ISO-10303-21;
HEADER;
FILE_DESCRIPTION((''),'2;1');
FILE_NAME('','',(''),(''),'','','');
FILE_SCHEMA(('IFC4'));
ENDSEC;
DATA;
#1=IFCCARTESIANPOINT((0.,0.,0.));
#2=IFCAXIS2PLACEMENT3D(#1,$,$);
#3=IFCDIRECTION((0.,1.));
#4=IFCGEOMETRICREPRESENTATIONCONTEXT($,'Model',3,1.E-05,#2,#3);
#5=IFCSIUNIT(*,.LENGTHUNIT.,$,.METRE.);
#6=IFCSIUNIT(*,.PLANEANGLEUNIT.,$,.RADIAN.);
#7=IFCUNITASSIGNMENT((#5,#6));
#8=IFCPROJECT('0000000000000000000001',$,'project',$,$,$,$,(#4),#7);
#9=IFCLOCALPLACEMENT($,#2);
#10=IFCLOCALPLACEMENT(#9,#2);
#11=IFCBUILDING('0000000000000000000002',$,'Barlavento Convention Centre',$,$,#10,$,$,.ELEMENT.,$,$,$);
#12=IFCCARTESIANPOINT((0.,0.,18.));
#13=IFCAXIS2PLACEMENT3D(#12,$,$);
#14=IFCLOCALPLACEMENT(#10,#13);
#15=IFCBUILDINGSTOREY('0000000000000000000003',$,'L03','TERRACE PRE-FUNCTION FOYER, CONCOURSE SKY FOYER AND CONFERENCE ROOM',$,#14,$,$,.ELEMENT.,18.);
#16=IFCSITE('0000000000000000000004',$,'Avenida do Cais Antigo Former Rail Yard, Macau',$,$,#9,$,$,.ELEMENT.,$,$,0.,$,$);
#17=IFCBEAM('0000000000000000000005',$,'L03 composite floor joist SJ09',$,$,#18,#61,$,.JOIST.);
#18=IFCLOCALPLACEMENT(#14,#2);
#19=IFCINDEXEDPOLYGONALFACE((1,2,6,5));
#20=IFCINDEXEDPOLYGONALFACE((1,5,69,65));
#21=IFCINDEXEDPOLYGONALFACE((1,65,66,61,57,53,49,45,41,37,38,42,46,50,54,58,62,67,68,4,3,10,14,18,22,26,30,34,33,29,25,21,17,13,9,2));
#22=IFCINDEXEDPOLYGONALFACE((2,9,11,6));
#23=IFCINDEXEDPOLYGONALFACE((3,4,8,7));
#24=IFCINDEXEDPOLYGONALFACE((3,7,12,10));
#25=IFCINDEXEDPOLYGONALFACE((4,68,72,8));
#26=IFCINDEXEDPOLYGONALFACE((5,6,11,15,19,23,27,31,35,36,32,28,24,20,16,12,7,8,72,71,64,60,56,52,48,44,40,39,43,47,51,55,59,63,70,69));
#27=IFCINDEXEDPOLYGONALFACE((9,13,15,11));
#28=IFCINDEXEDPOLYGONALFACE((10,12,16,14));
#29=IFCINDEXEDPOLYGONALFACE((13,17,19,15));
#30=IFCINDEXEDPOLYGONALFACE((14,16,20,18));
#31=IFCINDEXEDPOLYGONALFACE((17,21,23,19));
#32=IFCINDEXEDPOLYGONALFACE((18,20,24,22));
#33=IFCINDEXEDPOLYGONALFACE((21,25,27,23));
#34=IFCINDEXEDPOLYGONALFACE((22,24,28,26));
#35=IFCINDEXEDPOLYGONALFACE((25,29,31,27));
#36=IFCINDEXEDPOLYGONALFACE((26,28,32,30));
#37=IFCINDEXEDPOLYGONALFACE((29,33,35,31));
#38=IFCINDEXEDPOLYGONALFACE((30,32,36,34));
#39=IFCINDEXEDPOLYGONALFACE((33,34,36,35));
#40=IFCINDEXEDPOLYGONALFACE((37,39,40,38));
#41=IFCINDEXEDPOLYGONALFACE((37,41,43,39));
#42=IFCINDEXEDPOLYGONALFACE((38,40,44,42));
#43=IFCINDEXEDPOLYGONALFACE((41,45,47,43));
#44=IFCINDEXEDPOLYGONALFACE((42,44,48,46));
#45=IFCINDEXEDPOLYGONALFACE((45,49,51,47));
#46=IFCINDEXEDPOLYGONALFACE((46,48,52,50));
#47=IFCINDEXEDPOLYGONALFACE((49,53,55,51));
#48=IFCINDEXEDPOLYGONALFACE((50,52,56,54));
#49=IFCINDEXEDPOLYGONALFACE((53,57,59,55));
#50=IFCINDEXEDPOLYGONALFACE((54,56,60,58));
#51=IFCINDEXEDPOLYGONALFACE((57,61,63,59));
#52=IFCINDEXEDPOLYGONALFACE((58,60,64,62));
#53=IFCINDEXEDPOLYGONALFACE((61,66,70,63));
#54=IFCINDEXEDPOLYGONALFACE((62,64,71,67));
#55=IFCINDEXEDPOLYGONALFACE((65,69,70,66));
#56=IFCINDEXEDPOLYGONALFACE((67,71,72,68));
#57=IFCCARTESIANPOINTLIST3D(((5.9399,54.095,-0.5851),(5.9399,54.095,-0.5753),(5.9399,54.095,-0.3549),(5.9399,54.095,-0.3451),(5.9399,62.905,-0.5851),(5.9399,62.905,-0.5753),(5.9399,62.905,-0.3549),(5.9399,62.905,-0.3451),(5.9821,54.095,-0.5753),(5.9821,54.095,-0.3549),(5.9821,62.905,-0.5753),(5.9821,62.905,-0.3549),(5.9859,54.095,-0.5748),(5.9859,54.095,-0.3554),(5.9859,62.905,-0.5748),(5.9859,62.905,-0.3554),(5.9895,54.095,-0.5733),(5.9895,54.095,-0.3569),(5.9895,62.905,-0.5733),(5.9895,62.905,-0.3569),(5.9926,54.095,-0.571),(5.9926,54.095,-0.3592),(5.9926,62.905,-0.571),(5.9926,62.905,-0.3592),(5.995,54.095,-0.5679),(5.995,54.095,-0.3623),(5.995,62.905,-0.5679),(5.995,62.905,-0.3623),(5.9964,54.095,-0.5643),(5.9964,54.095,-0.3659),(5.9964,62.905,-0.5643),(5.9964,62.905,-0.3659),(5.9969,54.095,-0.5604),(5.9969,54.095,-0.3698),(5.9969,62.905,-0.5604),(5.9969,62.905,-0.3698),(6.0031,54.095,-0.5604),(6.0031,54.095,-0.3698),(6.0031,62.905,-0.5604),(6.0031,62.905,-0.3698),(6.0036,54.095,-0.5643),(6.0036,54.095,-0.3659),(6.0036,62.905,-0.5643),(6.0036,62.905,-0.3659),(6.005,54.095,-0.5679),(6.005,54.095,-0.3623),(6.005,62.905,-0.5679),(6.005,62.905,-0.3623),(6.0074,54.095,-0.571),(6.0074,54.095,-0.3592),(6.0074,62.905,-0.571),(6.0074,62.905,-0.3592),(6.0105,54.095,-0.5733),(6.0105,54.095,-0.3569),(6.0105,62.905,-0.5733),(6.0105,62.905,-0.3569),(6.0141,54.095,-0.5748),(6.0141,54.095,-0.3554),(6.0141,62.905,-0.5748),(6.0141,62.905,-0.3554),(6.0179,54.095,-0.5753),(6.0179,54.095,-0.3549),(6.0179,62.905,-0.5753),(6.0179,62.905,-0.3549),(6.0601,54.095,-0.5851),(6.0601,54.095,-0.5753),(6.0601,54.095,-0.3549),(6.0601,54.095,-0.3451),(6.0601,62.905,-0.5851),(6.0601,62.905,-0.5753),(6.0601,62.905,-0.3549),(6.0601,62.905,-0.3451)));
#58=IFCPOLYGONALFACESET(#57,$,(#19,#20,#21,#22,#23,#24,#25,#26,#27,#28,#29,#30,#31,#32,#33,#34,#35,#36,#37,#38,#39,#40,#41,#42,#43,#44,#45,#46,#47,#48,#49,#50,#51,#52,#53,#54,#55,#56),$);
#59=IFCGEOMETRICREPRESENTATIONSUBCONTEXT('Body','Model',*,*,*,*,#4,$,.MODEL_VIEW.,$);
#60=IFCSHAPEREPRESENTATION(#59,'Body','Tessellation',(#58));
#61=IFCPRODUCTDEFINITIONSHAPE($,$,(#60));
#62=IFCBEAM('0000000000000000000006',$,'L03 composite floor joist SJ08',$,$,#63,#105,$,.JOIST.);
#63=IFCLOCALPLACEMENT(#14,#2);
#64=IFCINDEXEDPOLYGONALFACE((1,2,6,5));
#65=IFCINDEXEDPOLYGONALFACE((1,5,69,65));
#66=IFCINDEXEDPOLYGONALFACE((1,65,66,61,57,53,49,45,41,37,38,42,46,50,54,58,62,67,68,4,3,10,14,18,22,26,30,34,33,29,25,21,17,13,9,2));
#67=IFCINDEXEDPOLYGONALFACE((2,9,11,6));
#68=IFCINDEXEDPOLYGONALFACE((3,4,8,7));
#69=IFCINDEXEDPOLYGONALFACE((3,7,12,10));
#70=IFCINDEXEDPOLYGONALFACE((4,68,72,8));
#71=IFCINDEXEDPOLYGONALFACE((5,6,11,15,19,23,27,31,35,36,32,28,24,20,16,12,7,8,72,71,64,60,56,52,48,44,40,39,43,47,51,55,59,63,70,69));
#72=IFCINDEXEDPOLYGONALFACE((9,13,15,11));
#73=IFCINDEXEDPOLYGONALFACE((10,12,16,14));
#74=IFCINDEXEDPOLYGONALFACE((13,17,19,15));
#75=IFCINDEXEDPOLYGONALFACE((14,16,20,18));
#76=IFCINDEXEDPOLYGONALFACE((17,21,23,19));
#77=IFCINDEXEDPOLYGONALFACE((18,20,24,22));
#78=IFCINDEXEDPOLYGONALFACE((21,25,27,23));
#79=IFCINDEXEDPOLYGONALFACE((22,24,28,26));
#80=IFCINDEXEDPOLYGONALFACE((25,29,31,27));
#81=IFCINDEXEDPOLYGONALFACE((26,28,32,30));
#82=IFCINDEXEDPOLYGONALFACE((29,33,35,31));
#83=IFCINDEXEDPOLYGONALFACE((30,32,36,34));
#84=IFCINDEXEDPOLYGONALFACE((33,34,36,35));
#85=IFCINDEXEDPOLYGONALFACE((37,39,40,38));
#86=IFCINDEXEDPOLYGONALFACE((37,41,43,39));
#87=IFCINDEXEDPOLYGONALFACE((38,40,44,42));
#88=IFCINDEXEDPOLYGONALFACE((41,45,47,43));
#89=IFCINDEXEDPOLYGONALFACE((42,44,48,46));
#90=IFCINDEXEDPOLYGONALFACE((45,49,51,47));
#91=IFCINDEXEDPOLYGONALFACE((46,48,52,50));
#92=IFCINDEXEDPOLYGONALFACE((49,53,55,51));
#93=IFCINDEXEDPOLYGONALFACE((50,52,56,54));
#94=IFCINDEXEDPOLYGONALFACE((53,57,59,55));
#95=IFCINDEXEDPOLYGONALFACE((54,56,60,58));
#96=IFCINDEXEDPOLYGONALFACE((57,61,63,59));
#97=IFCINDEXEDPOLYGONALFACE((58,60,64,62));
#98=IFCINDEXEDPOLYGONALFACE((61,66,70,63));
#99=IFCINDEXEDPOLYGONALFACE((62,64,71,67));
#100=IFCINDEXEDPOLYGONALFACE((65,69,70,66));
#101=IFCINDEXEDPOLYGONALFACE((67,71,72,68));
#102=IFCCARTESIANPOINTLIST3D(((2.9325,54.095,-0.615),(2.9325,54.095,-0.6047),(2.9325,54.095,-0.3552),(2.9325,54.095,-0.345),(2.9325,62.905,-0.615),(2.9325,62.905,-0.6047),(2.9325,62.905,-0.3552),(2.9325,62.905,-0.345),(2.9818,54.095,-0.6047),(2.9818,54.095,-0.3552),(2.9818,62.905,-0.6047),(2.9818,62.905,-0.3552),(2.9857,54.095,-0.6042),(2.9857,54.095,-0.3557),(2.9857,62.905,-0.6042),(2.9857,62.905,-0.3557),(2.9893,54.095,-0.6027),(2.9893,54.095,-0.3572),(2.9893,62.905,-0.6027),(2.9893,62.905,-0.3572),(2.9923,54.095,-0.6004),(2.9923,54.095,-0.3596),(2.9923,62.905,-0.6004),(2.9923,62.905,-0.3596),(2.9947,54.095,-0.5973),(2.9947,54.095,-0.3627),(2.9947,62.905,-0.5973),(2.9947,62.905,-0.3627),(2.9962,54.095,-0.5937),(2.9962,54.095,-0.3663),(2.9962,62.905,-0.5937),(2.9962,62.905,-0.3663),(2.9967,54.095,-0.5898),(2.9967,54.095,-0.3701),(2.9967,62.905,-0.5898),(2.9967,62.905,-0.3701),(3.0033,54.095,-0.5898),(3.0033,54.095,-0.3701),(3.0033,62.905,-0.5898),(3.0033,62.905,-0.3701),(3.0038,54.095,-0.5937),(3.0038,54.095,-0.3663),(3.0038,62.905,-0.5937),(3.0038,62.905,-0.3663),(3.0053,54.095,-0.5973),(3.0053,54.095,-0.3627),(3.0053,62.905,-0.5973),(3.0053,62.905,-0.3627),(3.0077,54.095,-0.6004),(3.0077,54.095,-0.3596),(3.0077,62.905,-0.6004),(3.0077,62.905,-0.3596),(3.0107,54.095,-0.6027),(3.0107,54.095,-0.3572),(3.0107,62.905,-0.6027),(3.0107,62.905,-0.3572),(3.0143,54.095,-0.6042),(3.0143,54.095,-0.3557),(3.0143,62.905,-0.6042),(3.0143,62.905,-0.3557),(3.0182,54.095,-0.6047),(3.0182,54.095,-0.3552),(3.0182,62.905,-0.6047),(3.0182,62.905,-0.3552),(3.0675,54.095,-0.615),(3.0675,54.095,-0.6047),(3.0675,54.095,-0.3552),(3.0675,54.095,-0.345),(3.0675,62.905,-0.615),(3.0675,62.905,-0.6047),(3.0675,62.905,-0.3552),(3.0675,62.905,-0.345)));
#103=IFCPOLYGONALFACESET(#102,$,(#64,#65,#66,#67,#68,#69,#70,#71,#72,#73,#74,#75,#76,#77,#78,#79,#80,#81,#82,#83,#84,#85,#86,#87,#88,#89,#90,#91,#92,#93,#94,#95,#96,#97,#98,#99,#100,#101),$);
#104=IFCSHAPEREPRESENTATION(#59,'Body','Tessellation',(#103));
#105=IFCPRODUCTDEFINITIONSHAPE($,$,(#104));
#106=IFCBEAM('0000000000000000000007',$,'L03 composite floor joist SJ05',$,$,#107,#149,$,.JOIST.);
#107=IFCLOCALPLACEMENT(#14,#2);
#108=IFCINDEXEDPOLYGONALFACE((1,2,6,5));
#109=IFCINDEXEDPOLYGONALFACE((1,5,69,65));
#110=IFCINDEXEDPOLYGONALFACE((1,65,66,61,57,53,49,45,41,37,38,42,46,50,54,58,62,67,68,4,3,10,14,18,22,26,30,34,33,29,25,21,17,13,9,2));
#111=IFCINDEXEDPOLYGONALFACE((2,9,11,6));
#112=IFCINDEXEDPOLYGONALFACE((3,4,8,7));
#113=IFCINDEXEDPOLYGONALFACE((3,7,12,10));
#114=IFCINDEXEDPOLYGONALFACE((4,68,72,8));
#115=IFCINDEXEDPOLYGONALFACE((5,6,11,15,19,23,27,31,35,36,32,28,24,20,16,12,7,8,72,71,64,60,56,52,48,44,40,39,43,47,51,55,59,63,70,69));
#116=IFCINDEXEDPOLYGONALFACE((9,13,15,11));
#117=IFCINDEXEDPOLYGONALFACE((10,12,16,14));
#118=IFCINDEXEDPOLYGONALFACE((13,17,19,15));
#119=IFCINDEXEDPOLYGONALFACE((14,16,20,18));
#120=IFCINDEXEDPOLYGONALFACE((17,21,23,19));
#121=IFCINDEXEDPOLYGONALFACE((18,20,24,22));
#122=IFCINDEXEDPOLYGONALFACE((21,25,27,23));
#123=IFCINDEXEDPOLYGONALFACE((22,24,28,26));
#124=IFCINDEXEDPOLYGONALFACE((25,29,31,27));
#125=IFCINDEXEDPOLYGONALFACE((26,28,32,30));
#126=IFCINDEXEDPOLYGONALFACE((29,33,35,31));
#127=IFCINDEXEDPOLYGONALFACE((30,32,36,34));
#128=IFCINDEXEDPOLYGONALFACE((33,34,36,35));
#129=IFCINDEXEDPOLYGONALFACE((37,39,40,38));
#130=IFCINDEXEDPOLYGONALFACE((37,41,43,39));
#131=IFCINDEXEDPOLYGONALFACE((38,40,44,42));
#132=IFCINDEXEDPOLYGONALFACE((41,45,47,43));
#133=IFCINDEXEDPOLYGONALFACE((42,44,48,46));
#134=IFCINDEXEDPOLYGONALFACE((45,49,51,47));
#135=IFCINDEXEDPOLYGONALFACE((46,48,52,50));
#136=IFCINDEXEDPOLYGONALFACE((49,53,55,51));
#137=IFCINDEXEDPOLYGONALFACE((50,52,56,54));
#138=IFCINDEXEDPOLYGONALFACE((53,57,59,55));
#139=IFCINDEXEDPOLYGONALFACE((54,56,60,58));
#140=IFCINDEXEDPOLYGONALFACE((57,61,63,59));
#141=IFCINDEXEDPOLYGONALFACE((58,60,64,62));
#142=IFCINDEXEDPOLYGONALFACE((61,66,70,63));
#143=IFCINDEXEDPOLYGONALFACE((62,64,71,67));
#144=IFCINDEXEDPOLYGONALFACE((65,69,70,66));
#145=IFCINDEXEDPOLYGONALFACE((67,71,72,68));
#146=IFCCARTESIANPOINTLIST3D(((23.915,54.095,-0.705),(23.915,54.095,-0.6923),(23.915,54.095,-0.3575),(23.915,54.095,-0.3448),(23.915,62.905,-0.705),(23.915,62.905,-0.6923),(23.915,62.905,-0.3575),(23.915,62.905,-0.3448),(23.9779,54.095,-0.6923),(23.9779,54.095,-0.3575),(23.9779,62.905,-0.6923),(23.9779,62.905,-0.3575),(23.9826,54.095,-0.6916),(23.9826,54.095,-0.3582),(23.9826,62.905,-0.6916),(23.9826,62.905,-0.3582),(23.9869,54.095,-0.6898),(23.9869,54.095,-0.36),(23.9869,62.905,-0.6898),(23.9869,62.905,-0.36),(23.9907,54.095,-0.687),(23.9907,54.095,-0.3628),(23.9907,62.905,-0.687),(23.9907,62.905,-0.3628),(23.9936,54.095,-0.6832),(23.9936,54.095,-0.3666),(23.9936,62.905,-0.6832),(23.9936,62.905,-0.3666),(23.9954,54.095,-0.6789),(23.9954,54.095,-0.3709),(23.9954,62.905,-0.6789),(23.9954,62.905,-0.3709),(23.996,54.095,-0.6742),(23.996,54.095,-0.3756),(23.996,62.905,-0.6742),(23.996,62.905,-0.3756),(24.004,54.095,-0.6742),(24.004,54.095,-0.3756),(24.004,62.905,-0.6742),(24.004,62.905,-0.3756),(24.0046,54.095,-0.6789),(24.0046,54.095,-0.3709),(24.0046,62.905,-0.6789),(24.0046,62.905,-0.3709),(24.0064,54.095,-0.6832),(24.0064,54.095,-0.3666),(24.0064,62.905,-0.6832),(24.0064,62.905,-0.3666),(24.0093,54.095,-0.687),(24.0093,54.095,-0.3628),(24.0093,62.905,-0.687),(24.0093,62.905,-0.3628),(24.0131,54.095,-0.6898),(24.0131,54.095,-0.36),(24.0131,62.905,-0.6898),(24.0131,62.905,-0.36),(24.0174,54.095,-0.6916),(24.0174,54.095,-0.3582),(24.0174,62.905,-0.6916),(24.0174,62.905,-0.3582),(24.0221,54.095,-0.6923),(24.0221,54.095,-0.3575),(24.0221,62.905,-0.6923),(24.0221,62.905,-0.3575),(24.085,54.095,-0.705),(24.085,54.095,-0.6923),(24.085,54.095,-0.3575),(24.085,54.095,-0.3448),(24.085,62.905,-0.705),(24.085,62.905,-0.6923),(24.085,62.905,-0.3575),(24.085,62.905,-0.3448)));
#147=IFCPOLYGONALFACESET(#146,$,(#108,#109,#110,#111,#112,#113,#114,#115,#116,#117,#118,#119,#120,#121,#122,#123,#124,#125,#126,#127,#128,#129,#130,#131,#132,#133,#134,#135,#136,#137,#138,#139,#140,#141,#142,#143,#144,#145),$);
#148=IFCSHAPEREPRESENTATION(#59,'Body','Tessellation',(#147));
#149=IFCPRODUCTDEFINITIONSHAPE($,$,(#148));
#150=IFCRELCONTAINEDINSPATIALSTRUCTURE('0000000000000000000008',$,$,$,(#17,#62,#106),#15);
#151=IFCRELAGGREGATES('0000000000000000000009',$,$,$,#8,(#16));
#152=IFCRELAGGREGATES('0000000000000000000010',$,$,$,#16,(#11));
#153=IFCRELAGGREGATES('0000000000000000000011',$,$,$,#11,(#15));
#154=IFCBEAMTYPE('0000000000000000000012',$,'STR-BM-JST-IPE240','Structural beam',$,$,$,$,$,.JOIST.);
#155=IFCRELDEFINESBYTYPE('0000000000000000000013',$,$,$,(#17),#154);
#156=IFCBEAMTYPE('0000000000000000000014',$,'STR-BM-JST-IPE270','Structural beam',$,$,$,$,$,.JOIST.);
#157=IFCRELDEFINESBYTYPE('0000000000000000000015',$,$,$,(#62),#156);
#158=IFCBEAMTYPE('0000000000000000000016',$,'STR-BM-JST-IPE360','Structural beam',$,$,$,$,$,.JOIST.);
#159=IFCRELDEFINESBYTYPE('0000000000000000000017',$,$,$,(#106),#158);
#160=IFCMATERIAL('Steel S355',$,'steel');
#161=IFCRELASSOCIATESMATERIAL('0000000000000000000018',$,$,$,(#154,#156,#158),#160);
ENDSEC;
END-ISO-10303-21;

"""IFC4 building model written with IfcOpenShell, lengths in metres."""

from ifc_helpers import new_model, si_unit, direction, frame, origin, origin_2d, place, context, subcontext, project, spatial, i_section, extrude, material, material_profile, profile_set, type_object, element, save


model = new_model("IFC4")

# Units and contexts
model_context = context("Model", 3, precision=1e-05, world=origin(), true_north=direction((0.0, 1.0)))
body_context = subcontext(model_context, "Body", "Model", "MODEL_VIEW")
ifc_project = project(units=[si_unit("LENGTHUNIT", "METRE"), si_unit("PLANEANGLEUNIT", "RADIAN")], contexts=[model_context])

# Site, building, storey
site_placement = place(None, origin())
site = spatial("IfcSite", under=ifc_project, at=site_placement, Name="Avenida do Cais Antigo Former Rail Yard, Macau", CompositionType="ELEMENT", RefElevation=0.0)
building_placement = place(site_placement, origin())
building = spatial("IfcBuilding", under=site, at=building_placement, Name="Barlavento Convention Centre", CompositionType="ELEMENT")
storey_placement = place(building_placement, frame((0.0, 0.0, 18.0)))
storey = spatial("IfcBuildingStorey", under=building, at=storey_placement, Name="L03", Description="TERRACE PRE-FUNCTION FOYER, CONCOURSE SKY FOYER AND CONFERENCE ROOM", CompositionType="ELEMENT", Elevation=18.0)

# Beams
ifc_material_1 = material(Name="Steel S355", Category="steel")
ifc_material_profile_1 = material_profile(ifc_material_1, i_section(OverallWidth=0.1201, OverallDepth=0.24, WebThickness=0.0061, FlangeThickness=0.0098, FilletRadius=0.0149, at=origin_2d()), Name="IPE 240")
ifc_profile_set_1 = profile_set([ifc_material_profile_1], Name="Steel S355")
beam_type_1 = type_object("IfcBeamType", Name="STR-BM-JST-IPE240", Description="Structural beam", PredefinedType="JOIST", material=ifc_profile_set_1)
beam_1_placement = place(storey_placement, frame((6.0, 54.095, -0.4651), z_axis=(0.0, 1.0, 0.0), x_axis=(-1.0, 0.0, 0.0)))
element("IfcBeam", 1, at=beam_1_placement, inside=storey, type_object=beam_type_1, Name="L03 composite floor joist SJ09", PredefinedType="JOIST", context=body_context, shape_type="SweptSolid", body=[
    extrude(i_section(OverallWidth=0.1201, OverallDepth=0.24, WebThickness=0.0061, FlangeThickness=0.0098, FilletRadius=0.0149, at=origin_2d()), origin(), (0.0, 0.0, 1.0), 8.8101),
])
ifc_material_profile_2 = material_profile(ifc_material_1, i_section(OverallWidth=0.135, OverallDepth=0.27, WebThickness=0.0066, FlangeThickness=0.0103, FilletRadius=0.0149, at=origin_2d()), Name="IPE 270")
ifc_profile_set_2 = profile_set([ifc_material_profile_2], Name="Steel S355")
beam_type_2 = type_object("IfcBeamType", Name="STR-BM-JST-IPE270", Description="Structural beam", PredefinedType="JOIST", material=ifc_profile_set_2)
beam_2_placement = place(storey_placement, frame((3.0, 54.095, -0.48), z_axis=(0.0, 1.0, 0.0), x_axis=(-1.0, 0.0, 0.0)))
element("IfcBeam", 2, at=beam_2_placement, inside=storey, type_object=beam_type_2, Name="L03 composite floor joist SJ08", PredefinedType="JOIST", context=body_context, shape_type="SweptSolid", body=[
    extrude(i_section(OverallWidth=0.135, OverallDepth=0.27, WebThickness=0.0066, FlangeThickness=0.0103, FilletRadius=0.0149, at=origin_2d()), origin(), (0.0, 0.0, 1.0), 8.8101),
])
ifc_material_profile_3 = material_profile(ifc_material_1, i_section(OverallWidth=0.1699, OverallDepth=0.3601, WebThickness=0.0081, FlangeThickness=0.0127, FilletRadius=0.0181, at=origin_2d()), Name="IPE 360")
ifc_profile_set_3 = profile_set([ifc_material_profile_3], Name="Steel S355")
beam_type_3 = type_object("IfcBeamType", Name="STR-BM-JST-IPE360", Description="Structural beam", PredefinedType="JOIST", material=ifc_profile_set_3)
beam_3_placement = place(storey_placement, frame((24.0, 54.095, -0.5249), z_axis=(0.0, 1.0, 0.0), x_axis=(-1.0, 0.0, 0.0)))
element("IfcBeam", 3, at=beam_3_placement, inside=storey, type_object=beam_type_3, Name="L03 composite floor joist SJ05", PredefinedType="JOIST", context=body_context, shape_type="SweptSolid", body=[
    extrude(i_section(OverallWidth=0.1699, OverallDepth=0.3601, WebThickness=0.0081, FlangeThickness=0.0127, FilletRadius=0.0181, at=origin_2d()), origin(), (0.0, 0.0, 1.0), 8.8101),
])

save(model, "model.ifc")
